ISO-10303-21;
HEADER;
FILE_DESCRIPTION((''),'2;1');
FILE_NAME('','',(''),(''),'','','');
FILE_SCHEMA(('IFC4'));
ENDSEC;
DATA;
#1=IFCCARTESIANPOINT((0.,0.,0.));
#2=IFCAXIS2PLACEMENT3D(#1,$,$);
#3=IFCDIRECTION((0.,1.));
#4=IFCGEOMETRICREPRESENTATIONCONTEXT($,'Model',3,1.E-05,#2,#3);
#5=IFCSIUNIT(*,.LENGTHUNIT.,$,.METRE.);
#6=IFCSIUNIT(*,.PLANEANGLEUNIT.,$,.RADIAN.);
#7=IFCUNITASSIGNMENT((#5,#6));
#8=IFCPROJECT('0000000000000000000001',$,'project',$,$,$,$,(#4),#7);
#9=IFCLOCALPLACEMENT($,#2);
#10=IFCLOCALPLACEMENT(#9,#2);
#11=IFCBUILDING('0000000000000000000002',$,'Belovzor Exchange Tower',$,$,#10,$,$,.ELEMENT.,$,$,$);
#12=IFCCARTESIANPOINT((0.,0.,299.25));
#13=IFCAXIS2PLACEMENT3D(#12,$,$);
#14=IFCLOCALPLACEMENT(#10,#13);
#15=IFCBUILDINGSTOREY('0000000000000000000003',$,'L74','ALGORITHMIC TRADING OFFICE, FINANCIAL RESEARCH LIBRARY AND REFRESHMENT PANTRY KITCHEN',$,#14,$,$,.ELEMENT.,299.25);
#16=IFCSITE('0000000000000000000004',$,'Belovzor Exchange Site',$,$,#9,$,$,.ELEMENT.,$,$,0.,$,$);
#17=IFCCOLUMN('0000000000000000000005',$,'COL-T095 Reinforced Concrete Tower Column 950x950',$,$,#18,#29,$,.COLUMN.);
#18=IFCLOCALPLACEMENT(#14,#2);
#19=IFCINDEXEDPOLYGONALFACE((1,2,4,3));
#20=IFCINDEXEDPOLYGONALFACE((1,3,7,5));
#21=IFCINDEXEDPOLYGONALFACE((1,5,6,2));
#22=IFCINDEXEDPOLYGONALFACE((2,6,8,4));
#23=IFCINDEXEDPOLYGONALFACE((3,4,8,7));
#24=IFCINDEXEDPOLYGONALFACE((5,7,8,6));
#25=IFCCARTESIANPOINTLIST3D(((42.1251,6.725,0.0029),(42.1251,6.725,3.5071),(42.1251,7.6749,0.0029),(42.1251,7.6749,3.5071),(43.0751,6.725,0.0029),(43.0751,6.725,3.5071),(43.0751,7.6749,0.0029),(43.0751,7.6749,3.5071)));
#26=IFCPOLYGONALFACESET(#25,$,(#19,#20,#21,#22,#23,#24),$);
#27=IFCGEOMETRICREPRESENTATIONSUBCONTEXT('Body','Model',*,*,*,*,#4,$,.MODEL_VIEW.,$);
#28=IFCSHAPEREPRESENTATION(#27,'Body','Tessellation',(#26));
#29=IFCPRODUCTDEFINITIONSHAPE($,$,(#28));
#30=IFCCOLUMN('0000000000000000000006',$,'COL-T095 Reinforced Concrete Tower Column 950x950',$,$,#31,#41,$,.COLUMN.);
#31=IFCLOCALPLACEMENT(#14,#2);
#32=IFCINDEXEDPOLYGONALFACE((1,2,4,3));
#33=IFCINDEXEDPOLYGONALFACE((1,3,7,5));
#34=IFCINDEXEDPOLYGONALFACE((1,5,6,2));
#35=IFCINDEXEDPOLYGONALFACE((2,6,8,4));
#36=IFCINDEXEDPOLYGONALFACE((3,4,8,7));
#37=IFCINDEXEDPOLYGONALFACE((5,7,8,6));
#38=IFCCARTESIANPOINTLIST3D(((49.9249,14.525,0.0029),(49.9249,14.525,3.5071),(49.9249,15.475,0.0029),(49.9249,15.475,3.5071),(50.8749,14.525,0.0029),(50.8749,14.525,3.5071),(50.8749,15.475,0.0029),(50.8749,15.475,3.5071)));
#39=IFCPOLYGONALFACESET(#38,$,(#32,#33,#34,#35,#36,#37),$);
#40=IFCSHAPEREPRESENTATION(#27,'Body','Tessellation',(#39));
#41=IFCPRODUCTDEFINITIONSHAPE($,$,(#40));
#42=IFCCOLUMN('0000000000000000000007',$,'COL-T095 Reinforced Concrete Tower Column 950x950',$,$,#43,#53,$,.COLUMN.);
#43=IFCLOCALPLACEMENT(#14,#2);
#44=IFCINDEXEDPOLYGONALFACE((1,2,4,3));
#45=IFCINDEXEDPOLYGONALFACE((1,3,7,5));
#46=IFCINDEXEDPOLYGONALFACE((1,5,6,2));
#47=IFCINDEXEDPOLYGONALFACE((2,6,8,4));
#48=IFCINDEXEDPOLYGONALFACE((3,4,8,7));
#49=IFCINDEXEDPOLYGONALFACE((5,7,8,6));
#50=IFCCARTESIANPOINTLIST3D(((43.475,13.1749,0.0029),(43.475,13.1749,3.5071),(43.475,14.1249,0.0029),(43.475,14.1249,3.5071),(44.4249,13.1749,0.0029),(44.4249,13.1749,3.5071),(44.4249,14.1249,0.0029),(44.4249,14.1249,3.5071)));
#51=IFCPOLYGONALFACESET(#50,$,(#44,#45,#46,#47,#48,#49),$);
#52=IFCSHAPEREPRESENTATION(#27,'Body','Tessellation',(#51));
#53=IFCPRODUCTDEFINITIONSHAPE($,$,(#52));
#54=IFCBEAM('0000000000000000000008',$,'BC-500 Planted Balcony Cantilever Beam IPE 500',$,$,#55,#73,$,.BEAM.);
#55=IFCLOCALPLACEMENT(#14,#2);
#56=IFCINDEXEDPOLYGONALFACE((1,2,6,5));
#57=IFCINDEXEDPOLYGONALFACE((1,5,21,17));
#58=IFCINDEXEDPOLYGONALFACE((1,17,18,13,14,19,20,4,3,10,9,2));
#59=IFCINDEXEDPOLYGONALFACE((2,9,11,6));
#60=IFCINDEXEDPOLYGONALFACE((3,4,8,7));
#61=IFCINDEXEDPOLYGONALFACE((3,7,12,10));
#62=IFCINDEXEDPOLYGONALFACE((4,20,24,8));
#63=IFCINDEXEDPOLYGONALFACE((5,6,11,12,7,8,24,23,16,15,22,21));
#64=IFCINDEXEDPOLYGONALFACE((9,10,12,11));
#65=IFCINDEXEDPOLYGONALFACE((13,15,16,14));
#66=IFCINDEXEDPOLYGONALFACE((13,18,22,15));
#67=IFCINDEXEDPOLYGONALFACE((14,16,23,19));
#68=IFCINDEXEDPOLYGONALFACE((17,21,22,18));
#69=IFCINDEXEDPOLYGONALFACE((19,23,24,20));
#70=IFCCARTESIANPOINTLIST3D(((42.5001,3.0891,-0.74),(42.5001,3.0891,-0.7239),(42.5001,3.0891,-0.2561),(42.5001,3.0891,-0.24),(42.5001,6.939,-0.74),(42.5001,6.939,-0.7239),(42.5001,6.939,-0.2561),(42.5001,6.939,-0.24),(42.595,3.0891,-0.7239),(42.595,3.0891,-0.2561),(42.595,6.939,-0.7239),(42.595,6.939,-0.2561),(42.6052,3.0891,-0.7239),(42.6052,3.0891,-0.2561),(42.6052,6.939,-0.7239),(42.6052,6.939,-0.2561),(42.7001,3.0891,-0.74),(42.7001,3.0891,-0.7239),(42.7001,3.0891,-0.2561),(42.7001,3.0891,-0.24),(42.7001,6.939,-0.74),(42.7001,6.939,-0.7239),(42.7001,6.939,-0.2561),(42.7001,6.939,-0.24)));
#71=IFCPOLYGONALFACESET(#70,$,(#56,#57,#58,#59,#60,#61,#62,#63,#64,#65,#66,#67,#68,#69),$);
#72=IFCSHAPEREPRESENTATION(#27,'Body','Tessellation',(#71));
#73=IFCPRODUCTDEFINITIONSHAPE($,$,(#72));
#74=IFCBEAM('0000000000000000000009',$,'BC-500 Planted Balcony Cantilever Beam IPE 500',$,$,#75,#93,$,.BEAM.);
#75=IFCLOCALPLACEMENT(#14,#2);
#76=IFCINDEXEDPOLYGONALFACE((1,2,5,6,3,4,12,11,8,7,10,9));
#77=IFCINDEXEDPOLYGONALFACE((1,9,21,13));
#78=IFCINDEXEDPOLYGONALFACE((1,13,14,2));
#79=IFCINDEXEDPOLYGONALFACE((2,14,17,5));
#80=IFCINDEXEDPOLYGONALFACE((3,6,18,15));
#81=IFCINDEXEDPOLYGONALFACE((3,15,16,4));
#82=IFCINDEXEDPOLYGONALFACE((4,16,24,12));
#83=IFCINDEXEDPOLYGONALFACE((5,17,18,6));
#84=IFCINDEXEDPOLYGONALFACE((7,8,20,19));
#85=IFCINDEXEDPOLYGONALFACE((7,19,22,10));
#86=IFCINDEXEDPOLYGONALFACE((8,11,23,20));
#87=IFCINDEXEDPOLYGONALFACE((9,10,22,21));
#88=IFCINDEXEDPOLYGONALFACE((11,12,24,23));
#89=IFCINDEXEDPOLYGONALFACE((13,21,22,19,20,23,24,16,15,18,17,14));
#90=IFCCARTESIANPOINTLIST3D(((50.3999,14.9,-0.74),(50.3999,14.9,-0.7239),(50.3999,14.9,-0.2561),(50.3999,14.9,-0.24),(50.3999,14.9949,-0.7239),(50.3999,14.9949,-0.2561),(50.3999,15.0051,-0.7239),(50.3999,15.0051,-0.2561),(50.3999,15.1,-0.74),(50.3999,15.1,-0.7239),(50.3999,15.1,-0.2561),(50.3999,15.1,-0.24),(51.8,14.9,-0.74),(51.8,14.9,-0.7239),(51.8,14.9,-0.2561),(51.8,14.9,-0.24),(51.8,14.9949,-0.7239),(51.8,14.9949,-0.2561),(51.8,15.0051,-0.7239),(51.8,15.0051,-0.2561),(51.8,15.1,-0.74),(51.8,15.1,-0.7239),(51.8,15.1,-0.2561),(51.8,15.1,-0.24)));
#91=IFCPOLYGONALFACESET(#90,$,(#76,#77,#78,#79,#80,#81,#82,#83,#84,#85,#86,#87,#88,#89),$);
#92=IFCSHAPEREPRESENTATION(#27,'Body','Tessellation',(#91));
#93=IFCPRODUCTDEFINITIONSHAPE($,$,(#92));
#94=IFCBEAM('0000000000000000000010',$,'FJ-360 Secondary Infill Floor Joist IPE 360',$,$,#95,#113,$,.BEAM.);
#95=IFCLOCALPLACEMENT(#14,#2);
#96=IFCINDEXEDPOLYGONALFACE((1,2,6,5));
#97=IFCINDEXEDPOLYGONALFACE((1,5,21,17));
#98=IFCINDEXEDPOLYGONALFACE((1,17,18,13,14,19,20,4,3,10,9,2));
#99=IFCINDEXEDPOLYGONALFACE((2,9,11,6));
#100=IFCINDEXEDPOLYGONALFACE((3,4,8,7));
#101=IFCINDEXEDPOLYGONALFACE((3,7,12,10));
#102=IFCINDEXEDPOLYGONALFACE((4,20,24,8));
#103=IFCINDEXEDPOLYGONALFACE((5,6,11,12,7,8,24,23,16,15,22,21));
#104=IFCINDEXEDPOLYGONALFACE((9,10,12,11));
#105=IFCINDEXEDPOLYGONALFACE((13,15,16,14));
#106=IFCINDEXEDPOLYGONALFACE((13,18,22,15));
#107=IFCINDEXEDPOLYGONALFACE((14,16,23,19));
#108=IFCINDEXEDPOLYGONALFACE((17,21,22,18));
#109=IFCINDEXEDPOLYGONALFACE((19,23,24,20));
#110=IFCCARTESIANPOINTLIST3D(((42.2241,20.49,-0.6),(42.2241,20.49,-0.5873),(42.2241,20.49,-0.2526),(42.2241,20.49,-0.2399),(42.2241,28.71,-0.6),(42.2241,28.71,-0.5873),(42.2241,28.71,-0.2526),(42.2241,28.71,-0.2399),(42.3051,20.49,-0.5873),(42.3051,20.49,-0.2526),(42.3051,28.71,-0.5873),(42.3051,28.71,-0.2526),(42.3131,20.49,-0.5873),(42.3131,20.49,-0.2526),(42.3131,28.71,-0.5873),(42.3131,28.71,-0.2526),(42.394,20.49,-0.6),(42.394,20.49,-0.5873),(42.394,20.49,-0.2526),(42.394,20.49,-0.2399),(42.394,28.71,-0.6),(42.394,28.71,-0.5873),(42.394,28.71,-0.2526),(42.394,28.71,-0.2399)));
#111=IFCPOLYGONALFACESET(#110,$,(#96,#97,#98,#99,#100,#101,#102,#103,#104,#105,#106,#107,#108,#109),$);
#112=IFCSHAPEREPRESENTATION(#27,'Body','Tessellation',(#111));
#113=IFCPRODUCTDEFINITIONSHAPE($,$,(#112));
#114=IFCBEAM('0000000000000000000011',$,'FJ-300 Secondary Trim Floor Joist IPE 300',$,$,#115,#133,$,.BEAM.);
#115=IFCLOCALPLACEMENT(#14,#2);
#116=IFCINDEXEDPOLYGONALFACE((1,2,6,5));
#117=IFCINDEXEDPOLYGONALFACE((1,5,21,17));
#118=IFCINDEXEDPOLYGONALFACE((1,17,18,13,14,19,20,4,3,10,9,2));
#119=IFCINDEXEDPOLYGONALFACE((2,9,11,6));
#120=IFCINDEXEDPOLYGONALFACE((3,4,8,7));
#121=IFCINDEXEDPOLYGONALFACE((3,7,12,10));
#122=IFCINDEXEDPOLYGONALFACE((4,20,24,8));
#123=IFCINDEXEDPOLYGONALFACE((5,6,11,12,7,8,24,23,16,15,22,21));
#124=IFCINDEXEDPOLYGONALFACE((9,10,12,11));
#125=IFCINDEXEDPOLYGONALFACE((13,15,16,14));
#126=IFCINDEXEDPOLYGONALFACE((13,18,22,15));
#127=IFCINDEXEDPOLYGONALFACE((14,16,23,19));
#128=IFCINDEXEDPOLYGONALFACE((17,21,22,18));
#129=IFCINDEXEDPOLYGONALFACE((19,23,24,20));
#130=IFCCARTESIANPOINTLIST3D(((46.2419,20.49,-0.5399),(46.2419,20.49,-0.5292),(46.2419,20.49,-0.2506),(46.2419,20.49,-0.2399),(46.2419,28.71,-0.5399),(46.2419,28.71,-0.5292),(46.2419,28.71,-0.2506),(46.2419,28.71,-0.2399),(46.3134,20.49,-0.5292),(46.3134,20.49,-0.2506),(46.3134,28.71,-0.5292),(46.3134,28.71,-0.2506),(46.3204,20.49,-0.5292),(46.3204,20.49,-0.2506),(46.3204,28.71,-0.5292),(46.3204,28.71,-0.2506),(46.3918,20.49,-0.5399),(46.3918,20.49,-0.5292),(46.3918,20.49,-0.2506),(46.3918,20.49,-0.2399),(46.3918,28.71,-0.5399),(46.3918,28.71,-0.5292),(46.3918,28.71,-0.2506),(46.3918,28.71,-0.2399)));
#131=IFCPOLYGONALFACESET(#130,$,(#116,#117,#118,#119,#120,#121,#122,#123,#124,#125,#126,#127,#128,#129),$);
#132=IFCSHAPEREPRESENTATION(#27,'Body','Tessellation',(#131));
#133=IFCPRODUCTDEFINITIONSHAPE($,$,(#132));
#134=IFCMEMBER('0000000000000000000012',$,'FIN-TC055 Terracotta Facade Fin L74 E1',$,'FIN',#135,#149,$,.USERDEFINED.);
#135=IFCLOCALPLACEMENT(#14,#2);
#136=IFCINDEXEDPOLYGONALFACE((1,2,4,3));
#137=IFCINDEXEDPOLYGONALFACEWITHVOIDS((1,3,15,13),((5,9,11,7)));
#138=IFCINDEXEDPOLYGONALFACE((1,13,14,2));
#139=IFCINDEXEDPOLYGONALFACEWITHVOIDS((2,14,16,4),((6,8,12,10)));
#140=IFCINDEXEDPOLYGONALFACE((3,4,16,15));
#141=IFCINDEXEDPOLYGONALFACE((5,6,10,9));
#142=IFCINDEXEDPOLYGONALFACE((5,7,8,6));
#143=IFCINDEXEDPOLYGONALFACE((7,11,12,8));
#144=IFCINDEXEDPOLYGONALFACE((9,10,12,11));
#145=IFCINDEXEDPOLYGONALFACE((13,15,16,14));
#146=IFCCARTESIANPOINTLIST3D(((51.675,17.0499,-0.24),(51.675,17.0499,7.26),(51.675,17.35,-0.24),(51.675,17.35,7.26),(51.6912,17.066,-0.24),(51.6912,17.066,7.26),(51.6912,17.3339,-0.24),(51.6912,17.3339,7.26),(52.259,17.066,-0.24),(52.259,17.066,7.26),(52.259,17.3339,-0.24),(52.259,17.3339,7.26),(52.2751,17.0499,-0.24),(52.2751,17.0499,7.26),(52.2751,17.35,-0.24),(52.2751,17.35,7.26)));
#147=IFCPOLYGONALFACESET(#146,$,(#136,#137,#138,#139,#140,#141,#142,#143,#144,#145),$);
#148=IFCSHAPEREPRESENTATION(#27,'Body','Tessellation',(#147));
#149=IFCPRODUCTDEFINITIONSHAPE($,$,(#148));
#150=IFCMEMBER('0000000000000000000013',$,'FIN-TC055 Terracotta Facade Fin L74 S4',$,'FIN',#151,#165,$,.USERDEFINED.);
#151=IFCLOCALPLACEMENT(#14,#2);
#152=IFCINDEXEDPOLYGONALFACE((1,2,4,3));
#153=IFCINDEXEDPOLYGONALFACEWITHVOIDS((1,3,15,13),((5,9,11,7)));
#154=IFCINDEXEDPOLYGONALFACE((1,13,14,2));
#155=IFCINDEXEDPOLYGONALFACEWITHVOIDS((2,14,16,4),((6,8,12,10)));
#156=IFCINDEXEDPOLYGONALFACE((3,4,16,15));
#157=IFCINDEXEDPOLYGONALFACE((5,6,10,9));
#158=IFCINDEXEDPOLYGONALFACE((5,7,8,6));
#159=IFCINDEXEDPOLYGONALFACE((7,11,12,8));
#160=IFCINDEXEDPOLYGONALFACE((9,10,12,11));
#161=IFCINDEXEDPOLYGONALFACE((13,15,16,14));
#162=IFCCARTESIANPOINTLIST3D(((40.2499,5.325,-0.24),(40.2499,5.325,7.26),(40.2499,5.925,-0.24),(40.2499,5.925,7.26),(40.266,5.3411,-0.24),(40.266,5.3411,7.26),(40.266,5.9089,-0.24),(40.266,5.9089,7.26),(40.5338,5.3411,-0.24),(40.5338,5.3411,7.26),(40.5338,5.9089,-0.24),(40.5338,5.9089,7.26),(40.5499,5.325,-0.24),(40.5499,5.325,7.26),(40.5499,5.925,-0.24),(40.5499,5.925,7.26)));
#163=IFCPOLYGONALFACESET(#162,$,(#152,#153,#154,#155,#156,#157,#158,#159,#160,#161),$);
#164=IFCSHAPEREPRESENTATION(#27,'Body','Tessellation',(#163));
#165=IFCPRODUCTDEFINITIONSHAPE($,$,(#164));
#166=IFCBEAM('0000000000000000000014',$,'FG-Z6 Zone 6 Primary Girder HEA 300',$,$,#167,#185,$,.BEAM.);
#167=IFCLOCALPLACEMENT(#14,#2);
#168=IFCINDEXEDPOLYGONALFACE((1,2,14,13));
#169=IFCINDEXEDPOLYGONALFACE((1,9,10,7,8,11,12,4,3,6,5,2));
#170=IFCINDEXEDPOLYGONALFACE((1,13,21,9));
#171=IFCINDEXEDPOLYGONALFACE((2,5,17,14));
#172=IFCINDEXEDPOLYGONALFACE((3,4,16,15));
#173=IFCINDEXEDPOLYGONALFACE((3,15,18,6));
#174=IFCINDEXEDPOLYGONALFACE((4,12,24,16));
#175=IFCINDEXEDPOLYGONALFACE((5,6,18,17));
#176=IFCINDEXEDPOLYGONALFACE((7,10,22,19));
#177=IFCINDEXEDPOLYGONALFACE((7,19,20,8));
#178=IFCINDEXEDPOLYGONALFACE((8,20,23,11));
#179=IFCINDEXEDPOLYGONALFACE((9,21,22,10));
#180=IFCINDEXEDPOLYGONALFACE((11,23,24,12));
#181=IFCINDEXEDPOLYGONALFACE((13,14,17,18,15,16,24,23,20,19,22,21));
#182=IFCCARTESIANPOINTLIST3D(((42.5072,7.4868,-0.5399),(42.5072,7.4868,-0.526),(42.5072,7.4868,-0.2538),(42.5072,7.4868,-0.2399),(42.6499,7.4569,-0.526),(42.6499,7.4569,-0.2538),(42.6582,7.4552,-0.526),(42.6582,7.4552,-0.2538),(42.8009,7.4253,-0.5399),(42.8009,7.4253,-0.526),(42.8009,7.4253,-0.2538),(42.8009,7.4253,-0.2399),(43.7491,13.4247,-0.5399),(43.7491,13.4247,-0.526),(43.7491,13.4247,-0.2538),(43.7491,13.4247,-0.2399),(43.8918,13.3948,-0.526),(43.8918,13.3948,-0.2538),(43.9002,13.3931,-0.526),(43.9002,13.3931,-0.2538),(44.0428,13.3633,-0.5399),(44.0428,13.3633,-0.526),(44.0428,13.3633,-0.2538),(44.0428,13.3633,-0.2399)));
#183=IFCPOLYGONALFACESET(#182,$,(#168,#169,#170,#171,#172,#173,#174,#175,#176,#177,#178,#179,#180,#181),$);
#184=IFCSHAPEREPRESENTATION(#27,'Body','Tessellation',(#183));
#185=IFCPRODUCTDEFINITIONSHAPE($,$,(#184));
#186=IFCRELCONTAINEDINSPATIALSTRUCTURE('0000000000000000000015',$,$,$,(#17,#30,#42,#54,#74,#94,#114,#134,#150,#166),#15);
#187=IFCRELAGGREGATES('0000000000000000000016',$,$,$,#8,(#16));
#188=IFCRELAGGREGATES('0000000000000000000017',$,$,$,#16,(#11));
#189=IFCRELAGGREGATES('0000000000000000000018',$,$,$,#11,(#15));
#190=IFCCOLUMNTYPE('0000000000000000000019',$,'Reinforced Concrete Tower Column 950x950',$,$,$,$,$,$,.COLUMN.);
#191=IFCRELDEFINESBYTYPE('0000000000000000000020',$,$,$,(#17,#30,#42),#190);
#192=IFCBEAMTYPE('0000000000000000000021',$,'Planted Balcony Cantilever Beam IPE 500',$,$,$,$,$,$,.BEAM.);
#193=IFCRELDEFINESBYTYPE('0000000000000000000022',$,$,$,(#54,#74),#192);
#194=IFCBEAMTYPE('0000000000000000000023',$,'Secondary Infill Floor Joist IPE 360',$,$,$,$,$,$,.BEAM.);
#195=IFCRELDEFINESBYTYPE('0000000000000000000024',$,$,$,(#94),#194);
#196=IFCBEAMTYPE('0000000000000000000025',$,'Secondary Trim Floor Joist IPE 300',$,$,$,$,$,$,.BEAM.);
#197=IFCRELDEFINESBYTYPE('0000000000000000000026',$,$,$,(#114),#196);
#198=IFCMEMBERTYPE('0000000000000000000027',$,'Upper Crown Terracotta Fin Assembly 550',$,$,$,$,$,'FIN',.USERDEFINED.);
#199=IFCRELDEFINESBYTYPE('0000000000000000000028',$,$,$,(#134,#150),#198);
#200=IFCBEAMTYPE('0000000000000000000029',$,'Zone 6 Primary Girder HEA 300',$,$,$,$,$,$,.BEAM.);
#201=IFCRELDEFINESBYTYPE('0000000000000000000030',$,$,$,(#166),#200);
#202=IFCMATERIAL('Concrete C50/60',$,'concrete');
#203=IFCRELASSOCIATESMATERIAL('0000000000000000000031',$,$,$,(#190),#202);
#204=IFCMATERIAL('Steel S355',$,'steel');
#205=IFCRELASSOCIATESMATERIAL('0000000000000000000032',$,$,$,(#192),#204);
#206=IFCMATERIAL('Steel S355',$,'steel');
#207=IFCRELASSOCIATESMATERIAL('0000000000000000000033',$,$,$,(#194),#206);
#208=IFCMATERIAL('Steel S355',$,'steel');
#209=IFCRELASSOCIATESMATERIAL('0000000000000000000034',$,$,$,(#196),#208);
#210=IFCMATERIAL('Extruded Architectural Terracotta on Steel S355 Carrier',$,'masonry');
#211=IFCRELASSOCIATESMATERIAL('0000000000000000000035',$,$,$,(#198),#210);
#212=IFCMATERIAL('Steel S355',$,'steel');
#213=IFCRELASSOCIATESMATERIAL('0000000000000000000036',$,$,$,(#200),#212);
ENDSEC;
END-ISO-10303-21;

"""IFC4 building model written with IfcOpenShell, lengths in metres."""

from ifc_helpers import new_model, si_unit, direction, frame, origin, origin_2d, place, context, subcontext, project, spatial, rectangle, hollow_rectangle, i_section, extrude, material, material_profile, profile_set, type_object, element, save


model = new_model("IFC4")

# Units and contexts
model_context = context("Model", 3, precision=1e-05, world=origin(), true_north=direction((0.0, 1.0)))
body_context = subcontext(model_context, "Body", "Model", "MODEL_VIEW")
ifc_project = project(units=[si_unit("LENGTHUNIT", "METRE"), si_unit("PLANEANGLEUNIT", "RADIAN")], contexts=[model_context])

# Site, building, storey
site_placement = place(None, origin())
site = spatial("IfcSite", under=ifc_project, at=site_placement, Name="Belovzor Exchange Site", CompositionType="ELEMENT", RefElevation=0.0)
building_placement = place(site_placement, origin())
building = spatial("IfcBuilding", under=site, at=building_placement, Name="Belovzor Exchange Tower", CompositionType="ELEMENT")
storey_placement = place(building_placement, frame((0.0, 0.0, 299.25)))
storey = spatial("IfcBuildingStorey", under=building, at=storey_placement, Name="L74", Description="ALGORITHMIC TRADING OFFICE, FINANCIAL RESEARCH LIBRARY AND REFRESHMENT PANTRY KITCHEN", CompositionType="ELEMENT", Elevation=299.25)

# Columns
ifc_material_1 = material(Name="Concrete C50/60", Category="concrete")
ifc_material_profile_1 = material_profile(ifc_material_1, rectangle(XDim=0.95, YDim=0.95, at=origin_2d()))
ifc_profile_set_1 = profile_set([ifc_material_profile_1], Name="Concrete C50/60")
column_type = type_object("IfcColumnType", Name="Reinforced Concrete Tower Column 950x950", PredefinedType="COLUMN", material=ifc_profile_set_1)
for number, where, z_axis, x_axis, name in (
    (1, (42.6001, 7.2, 0.0029), (0.0, 0.0, 1.0), (1.0, 0.0, 0.0), "COL-T095 Reinforced Concrete Tower Column 950x950"),
    (2, (50.3999, 15.0, 0.0029), (0.0, 0.0, 1.0), (1.0, 0.0, 0.0), "COL-T095 Reinforced Concrete Tower Column 950x950"),
    (3, (43.95, 13.6499, 0.0029), (0.0, 0.0, 1.0), (1.0, 0.0, 0.0), "COL-T095 Reinforced Concrete Tower Column 950x950"),
):
    element("IfcColumn", number, at=place(storey_placement, frame(where, z_axis=z_axis, x_axis=x_axis)), inside=storey, type_object=column_type, Name=name, PredefinedType="COLUMN", context=body_context, shape_type="SweptSolid", body=[
        extrude(rectangle(XDim=0.95, YDim=0.95, at=origin_2d()), origin(), (0.0, 0.0, 1.0), 3.5042),
    ])

# Beams
ifc_material_2 = material(Name="Steel S355", Category="steel")
ifc_material_profile_2 = material_profile(ifc_material_2, i_section(OverallWidth=0.2, OverallDepth=0.5, WebThickness=0.0103, FlangeThickness=0.0161, at=origin_2d()))
ifc_profile_set_2 = profile_set([ifc_material_profile_2], Name="Steel S355")
beam_type_1 = type_object("IfcBeamType", Name="Planted Balcony Cantilever Beam IPE 500", PredefinedType="BEAM", material=ifc_profile_set_2)
beam_1_placement = place(storey_placement, frame((42.6001, 6.939, -0.49), z_axis=(0.0, -1.0, 0.0), x_axis=(1.0, 0.0, 0.0)))
element("IfcBeam", 4, at=beam_1_placement, inside=storey, type_object=beam_type_1, Name="BC-500 Planted Balcony Cantilever Beam IPE 500", PredefinedType="BEAM", context=body_context, shape_type="SweptSolid", body=[
    extrude(i_section(OverallWidth=0.2, OverallDepth=0.5, WebThickness=0.0103, FlangeThickness=0.0161, at=origin_2d()), origin(), (0.0, 0.0, 1.0), 3.8499),
])
beam_2_placement = place(storey_placement, frame((50.3999, 15.0, -0.49), z_axis=(1.0, 0.0, 0.0), x_axis=(0.0, 1.0, 0.0)))
element("IfcBeam", 5, at=beam_2_placement, inside=storey, type_object=beam_type_1, Name="BC-500 Planted Balcony Cantilever Beam IPE 500", PredefinedType="BEAM", context=body_context, shape_type="SweptSolid", body=[
    extrude(i_section(OverallWidth=0.2, OverallDepth=0.5, WebThickness=0.0103, FlangeThickness=0.0161, at=origin_2d()), origin(), (0.0, 0.0, 1.0), 1.4001),
])
ifc_material_3 = material(Name="Steel S355", Category="steel")
ifc_material_profile_3 = material_profile(ifc_material_3, i_section(OverallWidth=0.1699, OverallDepth=0.3601, WebThickness=0.0081, FlangeThickness=0.0127, at=origin_2d()))
ifc_profile_set_3 = profile_set([ifc_material_profile_3], Name="Steel S355")
beam_type_2 = type_object("IfcBeamType", Name="Secondary Infill Floor Joist IPE 360", PredefinedType="BEAM", material=ifc_profile_set_3)
beam_3_placement = place(storey_placement, frame((42.3091, 20.49, -0.4199), z_axis=(0.0, 1.0, 0.0), x_axis=(-1.0, 0.0, 0.0)))
element("IfcBeam", 6, at=beam_3_placement, inside=storey, type_object=beam_type_2, Name="FJ-360 Secondary Infill Floor Joist IPE 360", PredefinedType="BEAM", context=body_context, shape_type="SweptSolid", body=[
    extrude(i_section(OverallWidth=0.1699, OverallDepth=0.3601, WebThickness=0.0081, FlangeThickness=0.0127, at=origin_2d()), origin(), (0.0, 0.0, 1.0), 8.22),
])
ifc_material_4 = material(Name="Steel S355", Category="steel")
ifc_material_profile_4 = material_profile(ifc_material_4, i_section(OverallWidth=0.1499, OverallDepth=0.3, WebThickness=0.0071, FlangeThickness=0.0107, at=origin_2d()))
ifc_profile_set_4 = profile_set([ifc_material_profile_4], Name="Steel S355")
beam_type_3 = type_object("IfcBeamType", Name="Secondary Trim Floor Joist IPE 300", PredefinedType="BEAM", material=ifc_profile_set_4)
beam_4_placement = place(storey_placement, frame((46.3169, 20.49, -0.3899), z_axis=(0.0, 1.0, 0.0), x_axis=(-1.0, 0.0, 0.0)))
element("IfcBeam", 7, at=beam_4_placement, inside=storey, type_object=beam_type_3, Name="FJ-300 Secondary Trim Floor Joist IPE 300", PredefinedType="BEAM", context=body_context, shape_type="SweptSolid", body=[
    extrude(i_section(OverallWidth=0.1499, OverallDepth=0.3, WebThickness=0.0071, FlangeThickness=0.0107, at=origin_2d()), origin(), (0.0, 0.0, 1.0), 8.22),
])

# Members
ifc_material_5 = material(Name="Extruded Architectural Terracotta on Steel S355 Carrier", Category="masonry")
ifc_material_profile_5 = material_profile(ifc_material_5, hollow_rectangle(XDim=0.3, YDim=0.6001, WallThickness=0.0161, at=origin_2d()))
ifc_profile_set_5 = profile_set([ifc_material_profile_5], Name="Extruded Architectural Terracotta on Steel S355 Carrier")
member_type = type_object("IfcMemberType", Name="Upper Crown Terracotta Fin Assembly 550", ElementType="FIN", PredefinedType="USERDEFINED", material=ifc_profile_set_5)
for number, where, z_axis, x_axis, name in (
    (8, (51.9751, 17.2, -0.24), (0.0, 0.0, 1.0), (0.0, 1.0, 0.0), "FIN-TC055 Terracotta Facade Fin L74 E1"),
    (9, (40.3999, 5.625, -0.24), (0.0, 0.0, 1.0), (1.0, 0.0, 0.0), "FIN-TC055 Terracotta Facade Fin L74 S4"),
):
    element("IfcMember", number, at=place(storey_placement, frame(where, z_axis=z_axis, x_axis=x_axis)), inside=storey, type_object=member_type, Name=name, ObjectType="FIN", PredefinedType="USERDEFINED", context=body_context, shape_type="SweptSolid", body=[
        extrude(hollow_rectangle(XDim=0.3, YDim=0.6001, WallThickness=0.0161, at=origin_2d()), origin(), (0.0, 0.0, 1.0), 7.5),
    ])

# Beam
ifc_material_6 = material(Name="Steel S355", Category="steel")
ifc_material_profile_6 = material_profile(ifc_material_6, i_section(OverallWidth=0.3, OverallDepth=0.3, WebThickness=0.0085, FlangeThickness=0.0139, at=origin_2d()))
ifc_profile_set_6 = profile_set([ifc_material_profile_6], Name="Steel S355")
beam_type_4 = type_object("IfcBeamType", Name="Zone 6 Primary Girder HEA 300", PredefinedType="BEAM", material=ifc_profile_set_6)
for number, where, z_axis, x_axis, name in (
    (10, (42.6541, 7.4561, -0.3899), (0.204722, 0.97882, 0.0), (-0.97882, 0.204722, 0.0), "FG-Z6 Zone 6 Primary Girder HEA 300"),
):
    element("IfcBeam", number, at=place(storey_placement, frame(where, z_axis=z_axis, x_axis=x_axis)), inside=storey, type_object=beam_type_4, Name=name, PredefinedType="BEAM", context=body_context, shape_type="SweptSolid", body=[
        extrude(i_section(OverallWidth=0.3, OverallDepth=0.3, WebThickness=0.0085, FlangeThickness=0.0139, at=origin_2d()), origin(), (0.0, 0.0, 1.0), 6.0664),
    ])

save(model, "model.ifc")
